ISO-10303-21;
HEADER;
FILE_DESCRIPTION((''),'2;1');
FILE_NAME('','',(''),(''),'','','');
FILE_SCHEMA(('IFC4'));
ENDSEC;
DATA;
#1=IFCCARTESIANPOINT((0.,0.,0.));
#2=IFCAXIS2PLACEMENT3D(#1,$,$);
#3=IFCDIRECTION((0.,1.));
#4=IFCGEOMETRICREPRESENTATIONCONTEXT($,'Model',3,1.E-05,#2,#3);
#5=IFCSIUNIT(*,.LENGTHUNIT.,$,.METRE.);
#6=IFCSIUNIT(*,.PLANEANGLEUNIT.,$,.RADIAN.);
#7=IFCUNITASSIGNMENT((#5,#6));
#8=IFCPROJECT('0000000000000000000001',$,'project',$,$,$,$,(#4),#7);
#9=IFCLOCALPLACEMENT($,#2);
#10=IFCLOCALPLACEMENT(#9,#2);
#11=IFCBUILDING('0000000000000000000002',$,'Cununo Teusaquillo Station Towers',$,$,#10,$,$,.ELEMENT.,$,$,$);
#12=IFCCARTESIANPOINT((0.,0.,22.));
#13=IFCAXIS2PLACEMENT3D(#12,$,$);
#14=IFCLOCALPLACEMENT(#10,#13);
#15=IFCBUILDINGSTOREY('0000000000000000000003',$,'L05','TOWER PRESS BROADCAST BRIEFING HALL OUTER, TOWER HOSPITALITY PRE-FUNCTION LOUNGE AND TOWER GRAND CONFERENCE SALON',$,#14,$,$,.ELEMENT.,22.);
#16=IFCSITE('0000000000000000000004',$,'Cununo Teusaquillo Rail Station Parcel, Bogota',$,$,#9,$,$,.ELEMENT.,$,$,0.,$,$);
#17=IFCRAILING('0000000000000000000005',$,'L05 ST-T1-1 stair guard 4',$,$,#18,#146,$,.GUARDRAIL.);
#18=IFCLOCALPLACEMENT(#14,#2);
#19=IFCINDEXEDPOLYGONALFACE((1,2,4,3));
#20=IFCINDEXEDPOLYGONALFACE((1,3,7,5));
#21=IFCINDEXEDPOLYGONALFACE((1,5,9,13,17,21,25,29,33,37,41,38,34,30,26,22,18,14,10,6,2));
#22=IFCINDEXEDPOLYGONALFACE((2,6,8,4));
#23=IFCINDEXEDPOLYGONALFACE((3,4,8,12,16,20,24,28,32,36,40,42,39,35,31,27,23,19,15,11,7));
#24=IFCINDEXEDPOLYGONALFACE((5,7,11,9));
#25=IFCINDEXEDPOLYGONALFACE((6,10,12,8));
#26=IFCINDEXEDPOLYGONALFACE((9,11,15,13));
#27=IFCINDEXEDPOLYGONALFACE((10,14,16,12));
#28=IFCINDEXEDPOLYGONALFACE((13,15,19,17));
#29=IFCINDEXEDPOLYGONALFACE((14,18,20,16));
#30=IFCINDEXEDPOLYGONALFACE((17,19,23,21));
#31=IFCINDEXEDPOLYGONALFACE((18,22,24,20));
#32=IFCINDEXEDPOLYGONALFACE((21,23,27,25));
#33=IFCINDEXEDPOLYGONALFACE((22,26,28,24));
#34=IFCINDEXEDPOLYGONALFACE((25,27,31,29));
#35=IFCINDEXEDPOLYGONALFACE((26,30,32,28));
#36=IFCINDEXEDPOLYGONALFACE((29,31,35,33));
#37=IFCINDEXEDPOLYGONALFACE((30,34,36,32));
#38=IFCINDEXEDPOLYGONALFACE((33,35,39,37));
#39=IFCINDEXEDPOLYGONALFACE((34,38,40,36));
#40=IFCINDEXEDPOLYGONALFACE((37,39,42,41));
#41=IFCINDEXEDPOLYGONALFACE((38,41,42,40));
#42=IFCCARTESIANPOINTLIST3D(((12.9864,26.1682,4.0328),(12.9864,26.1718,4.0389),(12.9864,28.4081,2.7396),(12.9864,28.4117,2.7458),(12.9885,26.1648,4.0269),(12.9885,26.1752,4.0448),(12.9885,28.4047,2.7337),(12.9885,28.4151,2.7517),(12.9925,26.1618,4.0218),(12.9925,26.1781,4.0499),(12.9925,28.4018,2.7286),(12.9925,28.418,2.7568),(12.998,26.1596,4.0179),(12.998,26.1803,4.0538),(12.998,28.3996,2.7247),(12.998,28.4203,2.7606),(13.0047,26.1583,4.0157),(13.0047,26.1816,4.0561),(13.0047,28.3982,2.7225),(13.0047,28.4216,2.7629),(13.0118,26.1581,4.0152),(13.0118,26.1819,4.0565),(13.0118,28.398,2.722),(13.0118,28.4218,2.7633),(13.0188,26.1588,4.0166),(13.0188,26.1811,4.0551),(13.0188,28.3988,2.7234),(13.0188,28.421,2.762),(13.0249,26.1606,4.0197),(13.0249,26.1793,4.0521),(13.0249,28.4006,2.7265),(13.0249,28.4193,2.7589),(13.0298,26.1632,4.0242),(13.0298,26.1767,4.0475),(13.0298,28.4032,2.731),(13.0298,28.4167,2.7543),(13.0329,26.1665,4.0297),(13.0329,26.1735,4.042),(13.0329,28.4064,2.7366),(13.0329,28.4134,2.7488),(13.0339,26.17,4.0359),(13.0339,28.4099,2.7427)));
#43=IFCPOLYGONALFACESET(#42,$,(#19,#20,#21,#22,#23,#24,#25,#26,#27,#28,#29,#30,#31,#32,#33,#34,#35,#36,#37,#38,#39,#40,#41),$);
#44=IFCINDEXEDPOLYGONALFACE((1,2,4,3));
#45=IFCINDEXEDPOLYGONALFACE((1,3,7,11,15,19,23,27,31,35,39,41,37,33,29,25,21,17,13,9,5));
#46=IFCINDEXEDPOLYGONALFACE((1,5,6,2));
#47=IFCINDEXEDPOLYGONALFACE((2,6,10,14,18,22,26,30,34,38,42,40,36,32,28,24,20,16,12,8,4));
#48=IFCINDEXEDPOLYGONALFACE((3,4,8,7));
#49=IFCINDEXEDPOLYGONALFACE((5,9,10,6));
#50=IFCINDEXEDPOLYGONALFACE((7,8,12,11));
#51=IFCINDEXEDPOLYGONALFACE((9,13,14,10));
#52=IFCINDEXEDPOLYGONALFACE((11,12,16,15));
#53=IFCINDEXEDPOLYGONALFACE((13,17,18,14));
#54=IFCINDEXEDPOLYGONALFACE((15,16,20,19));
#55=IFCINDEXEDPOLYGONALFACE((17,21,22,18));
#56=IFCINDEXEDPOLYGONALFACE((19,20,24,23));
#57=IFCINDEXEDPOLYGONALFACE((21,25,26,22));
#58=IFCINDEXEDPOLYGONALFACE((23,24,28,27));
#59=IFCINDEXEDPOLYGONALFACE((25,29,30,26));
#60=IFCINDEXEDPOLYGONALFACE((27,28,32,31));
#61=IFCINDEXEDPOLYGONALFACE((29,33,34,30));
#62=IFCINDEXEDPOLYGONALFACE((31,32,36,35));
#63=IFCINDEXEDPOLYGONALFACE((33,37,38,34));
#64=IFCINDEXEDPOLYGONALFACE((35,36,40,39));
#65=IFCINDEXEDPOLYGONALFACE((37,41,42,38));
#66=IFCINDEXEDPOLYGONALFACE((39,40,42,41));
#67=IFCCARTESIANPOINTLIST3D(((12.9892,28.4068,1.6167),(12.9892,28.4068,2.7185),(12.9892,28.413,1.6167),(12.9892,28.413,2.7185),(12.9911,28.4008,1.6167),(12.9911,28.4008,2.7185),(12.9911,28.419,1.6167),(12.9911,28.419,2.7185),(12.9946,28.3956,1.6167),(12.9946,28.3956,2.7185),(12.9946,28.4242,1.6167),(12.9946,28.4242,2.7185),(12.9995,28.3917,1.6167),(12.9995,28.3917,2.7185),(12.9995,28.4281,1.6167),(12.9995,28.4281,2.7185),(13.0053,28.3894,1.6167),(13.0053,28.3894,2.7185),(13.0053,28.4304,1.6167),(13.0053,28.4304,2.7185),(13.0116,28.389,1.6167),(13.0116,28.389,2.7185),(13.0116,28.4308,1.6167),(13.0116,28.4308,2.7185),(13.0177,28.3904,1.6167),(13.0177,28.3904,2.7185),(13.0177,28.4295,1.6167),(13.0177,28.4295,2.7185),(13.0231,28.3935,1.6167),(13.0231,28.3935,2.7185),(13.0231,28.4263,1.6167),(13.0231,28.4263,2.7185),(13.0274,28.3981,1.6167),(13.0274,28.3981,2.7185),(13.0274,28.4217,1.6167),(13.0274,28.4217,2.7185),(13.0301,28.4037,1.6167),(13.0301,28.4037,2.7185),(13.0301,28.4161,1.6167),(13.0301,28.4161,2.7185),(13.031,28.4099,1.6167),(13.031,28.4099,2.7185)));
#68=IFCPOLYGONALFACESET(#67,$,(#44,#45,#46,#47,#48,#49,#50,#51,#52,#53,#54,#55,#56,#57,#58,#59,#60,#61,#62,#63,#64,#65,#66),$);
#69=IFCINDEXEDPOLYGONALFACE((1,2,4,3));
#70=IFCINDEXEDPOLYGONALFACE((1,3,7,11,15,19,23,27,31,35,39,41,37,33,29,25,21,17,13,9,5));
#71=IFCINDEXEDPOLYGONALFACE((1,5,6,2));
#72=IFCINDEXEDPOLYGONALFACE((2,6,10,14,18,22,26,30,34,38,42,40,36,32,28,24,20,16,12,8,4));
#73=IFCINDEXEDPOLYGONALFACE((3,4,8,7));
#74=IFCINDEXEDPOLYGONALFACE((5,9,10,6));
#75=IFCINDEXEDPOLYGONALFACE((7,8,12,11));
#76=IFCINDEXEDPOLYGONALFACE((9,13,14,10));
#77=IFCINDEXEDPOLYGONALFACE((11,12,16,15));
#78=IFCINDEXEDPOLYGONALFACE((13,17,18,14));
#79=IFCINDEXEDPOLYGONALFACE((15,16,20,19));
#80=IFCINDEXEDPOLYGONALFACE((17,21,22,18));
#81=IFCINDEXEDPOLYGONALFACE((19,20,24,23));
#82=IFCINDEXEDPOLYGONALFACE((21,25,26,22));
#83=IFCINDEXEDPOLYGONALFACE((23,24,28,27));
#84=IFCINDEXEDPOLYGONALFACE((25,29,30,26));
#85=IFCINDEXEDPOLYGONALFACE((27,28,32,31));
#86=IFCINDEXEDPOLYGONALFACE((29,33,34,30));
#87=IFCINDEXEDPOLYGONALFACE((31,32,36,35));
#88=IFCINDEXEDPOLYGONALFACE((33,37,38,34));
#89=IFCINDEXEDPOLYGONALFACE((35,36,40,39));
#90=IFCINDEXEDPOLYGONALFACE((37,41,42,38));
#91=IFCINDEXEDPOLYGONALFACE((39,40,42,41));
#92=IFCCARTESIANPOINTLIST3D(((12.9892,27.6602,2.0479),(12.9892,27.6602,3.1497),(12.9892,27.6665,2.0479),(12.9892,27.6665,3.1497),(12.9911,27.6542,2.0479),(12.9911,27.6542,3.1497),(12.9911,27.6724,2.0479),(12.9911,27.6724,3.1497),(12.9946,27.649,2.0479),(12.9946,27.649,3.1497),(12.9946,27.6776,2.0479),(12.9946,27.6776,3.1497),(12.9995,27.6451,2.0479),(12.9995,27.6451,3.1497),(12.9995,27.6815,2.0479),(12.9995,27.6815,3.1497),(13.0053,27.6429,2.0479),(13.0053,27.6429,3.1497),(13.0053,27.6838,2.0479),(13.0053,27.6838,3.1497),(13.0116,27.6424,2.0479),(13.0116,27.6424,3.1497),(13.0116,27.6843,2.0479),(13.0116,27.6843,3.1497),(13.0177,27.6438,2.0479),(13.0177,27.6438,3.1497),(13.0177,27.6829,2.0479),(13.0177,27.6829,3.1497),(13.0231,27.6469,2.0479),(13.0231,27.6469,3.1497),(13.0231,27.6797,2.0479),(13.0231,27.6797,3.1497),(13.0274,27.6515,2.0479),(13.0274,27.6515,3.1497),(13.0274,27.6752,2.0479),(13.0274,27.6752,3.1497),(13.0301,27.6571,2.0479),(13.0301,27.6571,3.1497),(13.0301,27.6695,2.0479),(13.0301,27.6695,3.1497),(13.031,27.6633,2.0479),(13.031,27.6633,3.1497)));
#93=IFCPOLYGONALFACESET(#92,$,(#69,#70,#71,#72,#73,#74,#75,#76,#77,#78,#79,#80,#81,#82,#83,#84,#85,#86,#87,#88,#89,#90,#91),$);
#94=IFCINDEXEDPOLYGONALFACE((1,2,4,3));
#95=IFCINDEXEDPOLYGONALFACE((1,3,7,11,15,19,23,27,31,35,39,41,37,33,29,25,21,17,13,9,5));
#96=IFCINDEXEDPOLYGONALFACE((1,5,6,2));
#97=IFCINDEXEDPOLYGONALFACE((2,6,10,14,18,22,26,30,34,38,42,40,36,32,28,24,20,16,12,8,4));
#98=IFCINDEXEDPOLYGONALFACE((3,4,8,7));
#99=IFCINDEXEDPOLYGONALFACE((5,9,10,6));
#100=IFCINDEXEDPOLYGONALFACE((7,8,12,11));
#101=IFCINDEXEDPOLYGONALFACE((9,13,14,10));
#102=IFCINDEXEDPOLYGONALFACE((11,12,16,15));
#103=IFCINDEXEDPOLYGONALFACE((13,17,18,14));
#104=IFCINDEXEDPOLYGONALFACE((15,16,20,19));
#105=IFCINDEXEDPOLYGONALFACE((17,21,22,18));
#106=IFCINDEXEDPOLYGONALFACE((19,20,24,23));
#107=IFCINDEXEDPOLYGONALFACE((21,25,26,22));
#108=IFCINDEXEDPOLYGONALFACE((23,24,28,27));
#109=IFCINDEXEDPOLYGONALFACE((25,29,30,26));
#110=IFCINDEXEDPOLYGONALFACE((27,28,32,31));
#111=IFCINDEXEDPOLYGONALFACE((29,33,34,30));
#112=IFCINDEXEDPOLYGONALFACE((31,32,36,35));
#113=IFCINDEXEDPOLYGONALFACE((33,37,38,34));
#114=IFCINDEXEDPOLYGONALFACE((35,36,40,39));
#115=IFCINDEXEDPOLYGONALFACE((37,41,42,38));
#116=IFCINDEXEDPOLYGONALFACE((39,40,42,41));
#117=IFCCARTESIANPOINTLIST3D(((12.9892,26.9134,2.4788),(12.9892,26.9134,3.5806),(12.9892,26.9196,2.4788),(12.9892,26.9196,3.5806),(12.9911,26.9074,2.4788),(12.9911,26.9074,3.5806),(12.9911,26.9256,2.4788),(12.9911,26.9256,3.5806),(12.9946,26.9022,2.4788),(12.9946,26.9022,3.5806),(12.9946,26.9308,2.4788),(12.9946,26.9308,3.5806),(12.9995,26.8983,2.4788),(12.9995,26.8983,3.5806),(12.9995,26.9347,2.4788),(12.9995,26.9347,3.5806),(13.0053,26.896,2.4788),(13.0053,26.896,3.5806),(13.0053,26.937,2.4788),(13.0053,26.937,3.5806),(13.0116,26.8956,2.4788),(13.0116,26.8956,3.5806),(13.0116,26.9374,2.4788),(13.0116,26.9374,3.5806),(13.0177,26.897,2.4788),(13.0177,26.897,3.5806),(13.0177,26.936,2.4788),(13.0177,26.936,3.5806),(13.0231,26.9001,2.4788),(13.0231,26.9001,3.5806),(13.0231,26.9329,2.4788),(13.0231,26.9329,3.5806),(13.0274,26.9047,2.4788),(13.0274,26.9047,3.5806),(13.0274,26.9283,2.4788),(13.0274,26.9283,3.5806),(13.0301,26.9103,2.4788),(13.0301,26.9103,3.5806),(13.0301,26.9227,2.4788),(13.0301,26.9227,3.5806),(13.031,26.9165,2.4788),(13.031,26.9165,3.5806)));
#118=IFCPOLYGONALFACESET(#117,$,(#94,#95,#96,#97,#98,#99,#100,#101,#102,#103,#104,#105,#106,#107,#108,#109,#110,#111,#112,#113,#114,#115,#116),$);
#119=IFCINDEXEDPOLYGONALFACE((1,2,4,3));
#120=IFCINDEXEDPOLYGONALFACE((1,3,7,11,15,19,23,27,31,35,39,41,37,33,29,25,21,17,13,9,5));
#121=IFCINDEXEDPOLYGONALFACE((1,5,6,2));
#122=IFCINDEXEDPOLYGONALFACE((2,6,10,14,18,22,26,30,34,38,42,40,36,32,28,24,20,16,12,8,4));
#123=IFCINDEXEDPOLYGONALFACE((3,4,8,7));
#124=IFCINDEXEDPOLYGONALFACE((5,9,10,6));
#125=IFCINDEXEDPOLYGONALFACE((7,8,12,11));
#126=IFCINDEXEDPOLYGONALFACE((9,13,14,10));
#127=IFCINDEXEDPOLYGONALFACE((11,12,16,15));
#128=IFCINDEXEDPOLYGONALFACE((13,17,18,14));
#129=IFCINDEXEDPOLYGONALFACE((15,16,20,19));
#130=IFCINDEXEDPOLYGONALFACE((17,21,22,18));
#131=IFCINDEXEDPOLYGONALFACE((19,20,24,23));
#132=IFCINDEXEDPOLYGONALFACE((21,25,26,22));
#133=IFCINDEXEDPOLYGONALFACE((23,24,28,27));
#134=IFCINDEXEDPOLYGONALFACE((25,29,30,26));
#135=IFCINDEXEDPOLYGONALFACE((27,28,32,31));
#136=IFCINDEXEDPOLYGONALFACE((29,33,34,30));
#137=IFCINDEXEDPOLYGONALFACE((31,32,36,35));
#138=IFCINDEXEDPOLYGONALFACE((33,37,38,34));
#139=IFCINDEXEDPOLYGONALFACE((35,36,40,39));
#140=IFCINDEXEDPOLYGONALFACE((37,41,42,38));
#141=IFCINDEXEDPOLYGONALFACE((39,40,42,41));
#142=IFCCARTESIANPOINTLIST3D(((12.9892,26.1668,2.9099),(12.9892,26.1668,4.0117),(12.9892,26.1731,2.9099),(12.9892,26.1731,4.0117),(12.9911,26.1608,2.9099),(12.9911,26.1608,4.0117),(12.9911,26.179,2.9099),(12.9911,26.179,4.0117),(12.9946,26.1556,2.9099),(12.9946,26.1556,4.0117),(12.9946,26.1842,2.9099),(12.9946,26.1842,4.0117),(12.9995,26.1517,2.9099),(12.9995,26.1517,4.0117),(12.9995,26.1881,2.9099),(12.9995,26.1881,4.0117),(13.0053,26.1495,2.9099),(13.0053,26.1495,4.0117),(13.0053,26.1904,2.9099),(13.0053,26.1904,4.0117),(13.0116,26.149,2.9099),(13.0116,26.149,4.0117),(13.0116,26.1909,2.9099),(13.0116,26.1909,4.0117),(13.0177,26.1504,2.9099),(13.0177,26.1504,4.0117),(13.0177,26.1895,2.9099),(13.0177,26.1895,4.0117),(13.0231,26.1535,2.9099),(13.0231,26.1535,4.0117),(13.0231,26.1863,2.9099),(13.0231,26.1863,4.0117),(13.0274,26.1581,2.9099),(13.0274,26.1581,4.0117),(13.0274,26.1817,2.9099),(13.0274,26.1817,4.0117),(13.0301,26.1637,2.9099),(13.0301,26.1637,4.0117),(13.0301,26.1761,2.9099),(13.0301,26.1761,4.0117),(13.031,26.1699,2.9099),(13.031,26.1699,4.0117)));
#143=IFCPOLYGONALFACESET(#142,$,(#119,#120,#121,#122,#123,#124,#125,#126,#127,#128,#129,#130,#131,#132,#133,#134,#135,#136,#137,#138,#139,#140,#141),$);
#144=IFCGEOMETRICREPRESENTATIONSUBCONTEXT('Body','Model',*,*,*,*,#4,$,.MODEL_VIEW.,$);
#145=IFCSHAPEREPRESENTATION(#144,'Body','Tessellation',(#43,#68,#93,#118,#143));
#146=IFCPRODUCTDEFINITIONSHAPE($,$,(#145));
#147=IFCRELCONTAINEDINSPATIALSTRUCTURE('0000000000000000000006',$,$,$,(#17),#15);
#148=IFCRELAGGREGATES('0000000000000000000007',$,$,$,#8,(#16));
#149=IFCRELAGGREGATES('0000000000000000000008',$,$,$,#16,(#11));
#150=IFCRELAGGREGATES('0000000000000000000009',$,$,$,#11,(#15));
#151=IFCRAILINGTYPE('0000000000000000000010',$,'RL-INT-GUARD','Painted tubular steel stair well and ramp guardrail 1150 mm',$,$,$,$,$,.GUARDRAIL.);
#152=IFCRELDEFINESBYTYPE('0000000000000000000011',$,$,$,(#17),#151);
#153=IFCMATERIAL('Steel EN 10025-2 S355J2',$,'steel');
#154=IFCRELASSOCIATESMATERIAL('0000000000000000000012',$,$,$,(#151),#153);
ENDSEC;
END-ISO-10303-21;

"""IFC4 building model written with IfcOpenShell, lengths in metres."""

from ifc_helpers import new_model, si_unit, direction, frame, origin, origin_2d, place, context, subcontext, project, spatial, circle, extrude, material, type_object, element, save


model = new_model("IFC4")

# Units and contexts
model_context = context("Model", 3, precision=1e-05, world=origin(), true_north=direction((0.0, 1.0)))
body_context = subcontext(model_context, "Body", "Model", "MODEL_VIEW")
ifc_project = project(units=[si_unit("LENGTHUNIT", "METRE"), si_unit("PLANEANGLEUNIT", "RADIAN")], contexts=[model_context])

# Site, building, storey
site_placement = place(None, origin())
site = spatial("IfcSite", under=ifc_project, at=site_placement, Name="Cununo Teusaquillo Rail Station Parcel, Bogota", CompositionType="ELEMENT", RefElevation=0.0)
building_placement = place(site_placement, origin())
building = spatial("IfcBuilding", under=site, at=building_placement, Name="Cununo Teusaquillo Station Towers", CompositionType="ELEMENT")
storey_placement = place(building_placement, frame((0.0, 0.0, 22.0)))
storey = spatial("IfcBuildingStorey", under=building, at=storey_placement, Name="L05", Description="TOWER PRESS BROADCAST BRIEFING HALL OUTER, TOWER HOSPITALITY PRE-FUNCTION LOUNGE AND TOWER GRAND CONFERENCE SALON", CompositionType="ELEMENT", Elevation=22.0)

# Railing
ifc_material_1 = material(Name="Steel EN 10025-2 S355J2", Category="steel")
railing_type_1 = type_object("IfcRailingType", Name="RL-INT-GUARD", Description="Painted tubular steel stair well and ramp guardrail 1150 mm", PredefinedType="GUARDRAIL", material=ifc_material_1)
railing_1_placement = place(storey_placement, frame((13.01, 28.4099, 1.6167)))
element("IfcRailing", 1, at=railing_1_placement, inside=storey, type_object=railing_type_1, Name="L05 ST-T1-1 stair guard 4", PredefinedType="GUARDRAIL", context=body_context, shape_type="SweptSolid", body=[
    extrude(circle(Radius=0.0239, at=origin_2d()), frame((0.0, 0.0, 1.126), z_axis=(0.0, -0.866033, 0.499987), x_axis=(1.0, 0.0, 0.0)), (0.0, 0.0, 1.0), 2.5864),
    extrude(circle(Radius=0.021, at=origin_2d()), origin(), (0.0, 0.0, 1.0), 1.1018),
    extrude(circle(Radius=0.021, at=origin_2d()), frame((0.0, -0.7466, 0.4312)), (0.0, 0.0, 1.0), 1.1018),
    extrude(circle(Radius=0.021, at=origin_2d()), frame((0.0, -1.4934, 0.8621)), (0.0, 0.0, 1.0), 1.1018),
    extrude(circle(Radius=0.021, at=origin_2d()), frame((0.0, -2.24, 1.2932)), (0.0, 0.0, 1.0), 1.1018),
])

save(model, "model.ifc")
